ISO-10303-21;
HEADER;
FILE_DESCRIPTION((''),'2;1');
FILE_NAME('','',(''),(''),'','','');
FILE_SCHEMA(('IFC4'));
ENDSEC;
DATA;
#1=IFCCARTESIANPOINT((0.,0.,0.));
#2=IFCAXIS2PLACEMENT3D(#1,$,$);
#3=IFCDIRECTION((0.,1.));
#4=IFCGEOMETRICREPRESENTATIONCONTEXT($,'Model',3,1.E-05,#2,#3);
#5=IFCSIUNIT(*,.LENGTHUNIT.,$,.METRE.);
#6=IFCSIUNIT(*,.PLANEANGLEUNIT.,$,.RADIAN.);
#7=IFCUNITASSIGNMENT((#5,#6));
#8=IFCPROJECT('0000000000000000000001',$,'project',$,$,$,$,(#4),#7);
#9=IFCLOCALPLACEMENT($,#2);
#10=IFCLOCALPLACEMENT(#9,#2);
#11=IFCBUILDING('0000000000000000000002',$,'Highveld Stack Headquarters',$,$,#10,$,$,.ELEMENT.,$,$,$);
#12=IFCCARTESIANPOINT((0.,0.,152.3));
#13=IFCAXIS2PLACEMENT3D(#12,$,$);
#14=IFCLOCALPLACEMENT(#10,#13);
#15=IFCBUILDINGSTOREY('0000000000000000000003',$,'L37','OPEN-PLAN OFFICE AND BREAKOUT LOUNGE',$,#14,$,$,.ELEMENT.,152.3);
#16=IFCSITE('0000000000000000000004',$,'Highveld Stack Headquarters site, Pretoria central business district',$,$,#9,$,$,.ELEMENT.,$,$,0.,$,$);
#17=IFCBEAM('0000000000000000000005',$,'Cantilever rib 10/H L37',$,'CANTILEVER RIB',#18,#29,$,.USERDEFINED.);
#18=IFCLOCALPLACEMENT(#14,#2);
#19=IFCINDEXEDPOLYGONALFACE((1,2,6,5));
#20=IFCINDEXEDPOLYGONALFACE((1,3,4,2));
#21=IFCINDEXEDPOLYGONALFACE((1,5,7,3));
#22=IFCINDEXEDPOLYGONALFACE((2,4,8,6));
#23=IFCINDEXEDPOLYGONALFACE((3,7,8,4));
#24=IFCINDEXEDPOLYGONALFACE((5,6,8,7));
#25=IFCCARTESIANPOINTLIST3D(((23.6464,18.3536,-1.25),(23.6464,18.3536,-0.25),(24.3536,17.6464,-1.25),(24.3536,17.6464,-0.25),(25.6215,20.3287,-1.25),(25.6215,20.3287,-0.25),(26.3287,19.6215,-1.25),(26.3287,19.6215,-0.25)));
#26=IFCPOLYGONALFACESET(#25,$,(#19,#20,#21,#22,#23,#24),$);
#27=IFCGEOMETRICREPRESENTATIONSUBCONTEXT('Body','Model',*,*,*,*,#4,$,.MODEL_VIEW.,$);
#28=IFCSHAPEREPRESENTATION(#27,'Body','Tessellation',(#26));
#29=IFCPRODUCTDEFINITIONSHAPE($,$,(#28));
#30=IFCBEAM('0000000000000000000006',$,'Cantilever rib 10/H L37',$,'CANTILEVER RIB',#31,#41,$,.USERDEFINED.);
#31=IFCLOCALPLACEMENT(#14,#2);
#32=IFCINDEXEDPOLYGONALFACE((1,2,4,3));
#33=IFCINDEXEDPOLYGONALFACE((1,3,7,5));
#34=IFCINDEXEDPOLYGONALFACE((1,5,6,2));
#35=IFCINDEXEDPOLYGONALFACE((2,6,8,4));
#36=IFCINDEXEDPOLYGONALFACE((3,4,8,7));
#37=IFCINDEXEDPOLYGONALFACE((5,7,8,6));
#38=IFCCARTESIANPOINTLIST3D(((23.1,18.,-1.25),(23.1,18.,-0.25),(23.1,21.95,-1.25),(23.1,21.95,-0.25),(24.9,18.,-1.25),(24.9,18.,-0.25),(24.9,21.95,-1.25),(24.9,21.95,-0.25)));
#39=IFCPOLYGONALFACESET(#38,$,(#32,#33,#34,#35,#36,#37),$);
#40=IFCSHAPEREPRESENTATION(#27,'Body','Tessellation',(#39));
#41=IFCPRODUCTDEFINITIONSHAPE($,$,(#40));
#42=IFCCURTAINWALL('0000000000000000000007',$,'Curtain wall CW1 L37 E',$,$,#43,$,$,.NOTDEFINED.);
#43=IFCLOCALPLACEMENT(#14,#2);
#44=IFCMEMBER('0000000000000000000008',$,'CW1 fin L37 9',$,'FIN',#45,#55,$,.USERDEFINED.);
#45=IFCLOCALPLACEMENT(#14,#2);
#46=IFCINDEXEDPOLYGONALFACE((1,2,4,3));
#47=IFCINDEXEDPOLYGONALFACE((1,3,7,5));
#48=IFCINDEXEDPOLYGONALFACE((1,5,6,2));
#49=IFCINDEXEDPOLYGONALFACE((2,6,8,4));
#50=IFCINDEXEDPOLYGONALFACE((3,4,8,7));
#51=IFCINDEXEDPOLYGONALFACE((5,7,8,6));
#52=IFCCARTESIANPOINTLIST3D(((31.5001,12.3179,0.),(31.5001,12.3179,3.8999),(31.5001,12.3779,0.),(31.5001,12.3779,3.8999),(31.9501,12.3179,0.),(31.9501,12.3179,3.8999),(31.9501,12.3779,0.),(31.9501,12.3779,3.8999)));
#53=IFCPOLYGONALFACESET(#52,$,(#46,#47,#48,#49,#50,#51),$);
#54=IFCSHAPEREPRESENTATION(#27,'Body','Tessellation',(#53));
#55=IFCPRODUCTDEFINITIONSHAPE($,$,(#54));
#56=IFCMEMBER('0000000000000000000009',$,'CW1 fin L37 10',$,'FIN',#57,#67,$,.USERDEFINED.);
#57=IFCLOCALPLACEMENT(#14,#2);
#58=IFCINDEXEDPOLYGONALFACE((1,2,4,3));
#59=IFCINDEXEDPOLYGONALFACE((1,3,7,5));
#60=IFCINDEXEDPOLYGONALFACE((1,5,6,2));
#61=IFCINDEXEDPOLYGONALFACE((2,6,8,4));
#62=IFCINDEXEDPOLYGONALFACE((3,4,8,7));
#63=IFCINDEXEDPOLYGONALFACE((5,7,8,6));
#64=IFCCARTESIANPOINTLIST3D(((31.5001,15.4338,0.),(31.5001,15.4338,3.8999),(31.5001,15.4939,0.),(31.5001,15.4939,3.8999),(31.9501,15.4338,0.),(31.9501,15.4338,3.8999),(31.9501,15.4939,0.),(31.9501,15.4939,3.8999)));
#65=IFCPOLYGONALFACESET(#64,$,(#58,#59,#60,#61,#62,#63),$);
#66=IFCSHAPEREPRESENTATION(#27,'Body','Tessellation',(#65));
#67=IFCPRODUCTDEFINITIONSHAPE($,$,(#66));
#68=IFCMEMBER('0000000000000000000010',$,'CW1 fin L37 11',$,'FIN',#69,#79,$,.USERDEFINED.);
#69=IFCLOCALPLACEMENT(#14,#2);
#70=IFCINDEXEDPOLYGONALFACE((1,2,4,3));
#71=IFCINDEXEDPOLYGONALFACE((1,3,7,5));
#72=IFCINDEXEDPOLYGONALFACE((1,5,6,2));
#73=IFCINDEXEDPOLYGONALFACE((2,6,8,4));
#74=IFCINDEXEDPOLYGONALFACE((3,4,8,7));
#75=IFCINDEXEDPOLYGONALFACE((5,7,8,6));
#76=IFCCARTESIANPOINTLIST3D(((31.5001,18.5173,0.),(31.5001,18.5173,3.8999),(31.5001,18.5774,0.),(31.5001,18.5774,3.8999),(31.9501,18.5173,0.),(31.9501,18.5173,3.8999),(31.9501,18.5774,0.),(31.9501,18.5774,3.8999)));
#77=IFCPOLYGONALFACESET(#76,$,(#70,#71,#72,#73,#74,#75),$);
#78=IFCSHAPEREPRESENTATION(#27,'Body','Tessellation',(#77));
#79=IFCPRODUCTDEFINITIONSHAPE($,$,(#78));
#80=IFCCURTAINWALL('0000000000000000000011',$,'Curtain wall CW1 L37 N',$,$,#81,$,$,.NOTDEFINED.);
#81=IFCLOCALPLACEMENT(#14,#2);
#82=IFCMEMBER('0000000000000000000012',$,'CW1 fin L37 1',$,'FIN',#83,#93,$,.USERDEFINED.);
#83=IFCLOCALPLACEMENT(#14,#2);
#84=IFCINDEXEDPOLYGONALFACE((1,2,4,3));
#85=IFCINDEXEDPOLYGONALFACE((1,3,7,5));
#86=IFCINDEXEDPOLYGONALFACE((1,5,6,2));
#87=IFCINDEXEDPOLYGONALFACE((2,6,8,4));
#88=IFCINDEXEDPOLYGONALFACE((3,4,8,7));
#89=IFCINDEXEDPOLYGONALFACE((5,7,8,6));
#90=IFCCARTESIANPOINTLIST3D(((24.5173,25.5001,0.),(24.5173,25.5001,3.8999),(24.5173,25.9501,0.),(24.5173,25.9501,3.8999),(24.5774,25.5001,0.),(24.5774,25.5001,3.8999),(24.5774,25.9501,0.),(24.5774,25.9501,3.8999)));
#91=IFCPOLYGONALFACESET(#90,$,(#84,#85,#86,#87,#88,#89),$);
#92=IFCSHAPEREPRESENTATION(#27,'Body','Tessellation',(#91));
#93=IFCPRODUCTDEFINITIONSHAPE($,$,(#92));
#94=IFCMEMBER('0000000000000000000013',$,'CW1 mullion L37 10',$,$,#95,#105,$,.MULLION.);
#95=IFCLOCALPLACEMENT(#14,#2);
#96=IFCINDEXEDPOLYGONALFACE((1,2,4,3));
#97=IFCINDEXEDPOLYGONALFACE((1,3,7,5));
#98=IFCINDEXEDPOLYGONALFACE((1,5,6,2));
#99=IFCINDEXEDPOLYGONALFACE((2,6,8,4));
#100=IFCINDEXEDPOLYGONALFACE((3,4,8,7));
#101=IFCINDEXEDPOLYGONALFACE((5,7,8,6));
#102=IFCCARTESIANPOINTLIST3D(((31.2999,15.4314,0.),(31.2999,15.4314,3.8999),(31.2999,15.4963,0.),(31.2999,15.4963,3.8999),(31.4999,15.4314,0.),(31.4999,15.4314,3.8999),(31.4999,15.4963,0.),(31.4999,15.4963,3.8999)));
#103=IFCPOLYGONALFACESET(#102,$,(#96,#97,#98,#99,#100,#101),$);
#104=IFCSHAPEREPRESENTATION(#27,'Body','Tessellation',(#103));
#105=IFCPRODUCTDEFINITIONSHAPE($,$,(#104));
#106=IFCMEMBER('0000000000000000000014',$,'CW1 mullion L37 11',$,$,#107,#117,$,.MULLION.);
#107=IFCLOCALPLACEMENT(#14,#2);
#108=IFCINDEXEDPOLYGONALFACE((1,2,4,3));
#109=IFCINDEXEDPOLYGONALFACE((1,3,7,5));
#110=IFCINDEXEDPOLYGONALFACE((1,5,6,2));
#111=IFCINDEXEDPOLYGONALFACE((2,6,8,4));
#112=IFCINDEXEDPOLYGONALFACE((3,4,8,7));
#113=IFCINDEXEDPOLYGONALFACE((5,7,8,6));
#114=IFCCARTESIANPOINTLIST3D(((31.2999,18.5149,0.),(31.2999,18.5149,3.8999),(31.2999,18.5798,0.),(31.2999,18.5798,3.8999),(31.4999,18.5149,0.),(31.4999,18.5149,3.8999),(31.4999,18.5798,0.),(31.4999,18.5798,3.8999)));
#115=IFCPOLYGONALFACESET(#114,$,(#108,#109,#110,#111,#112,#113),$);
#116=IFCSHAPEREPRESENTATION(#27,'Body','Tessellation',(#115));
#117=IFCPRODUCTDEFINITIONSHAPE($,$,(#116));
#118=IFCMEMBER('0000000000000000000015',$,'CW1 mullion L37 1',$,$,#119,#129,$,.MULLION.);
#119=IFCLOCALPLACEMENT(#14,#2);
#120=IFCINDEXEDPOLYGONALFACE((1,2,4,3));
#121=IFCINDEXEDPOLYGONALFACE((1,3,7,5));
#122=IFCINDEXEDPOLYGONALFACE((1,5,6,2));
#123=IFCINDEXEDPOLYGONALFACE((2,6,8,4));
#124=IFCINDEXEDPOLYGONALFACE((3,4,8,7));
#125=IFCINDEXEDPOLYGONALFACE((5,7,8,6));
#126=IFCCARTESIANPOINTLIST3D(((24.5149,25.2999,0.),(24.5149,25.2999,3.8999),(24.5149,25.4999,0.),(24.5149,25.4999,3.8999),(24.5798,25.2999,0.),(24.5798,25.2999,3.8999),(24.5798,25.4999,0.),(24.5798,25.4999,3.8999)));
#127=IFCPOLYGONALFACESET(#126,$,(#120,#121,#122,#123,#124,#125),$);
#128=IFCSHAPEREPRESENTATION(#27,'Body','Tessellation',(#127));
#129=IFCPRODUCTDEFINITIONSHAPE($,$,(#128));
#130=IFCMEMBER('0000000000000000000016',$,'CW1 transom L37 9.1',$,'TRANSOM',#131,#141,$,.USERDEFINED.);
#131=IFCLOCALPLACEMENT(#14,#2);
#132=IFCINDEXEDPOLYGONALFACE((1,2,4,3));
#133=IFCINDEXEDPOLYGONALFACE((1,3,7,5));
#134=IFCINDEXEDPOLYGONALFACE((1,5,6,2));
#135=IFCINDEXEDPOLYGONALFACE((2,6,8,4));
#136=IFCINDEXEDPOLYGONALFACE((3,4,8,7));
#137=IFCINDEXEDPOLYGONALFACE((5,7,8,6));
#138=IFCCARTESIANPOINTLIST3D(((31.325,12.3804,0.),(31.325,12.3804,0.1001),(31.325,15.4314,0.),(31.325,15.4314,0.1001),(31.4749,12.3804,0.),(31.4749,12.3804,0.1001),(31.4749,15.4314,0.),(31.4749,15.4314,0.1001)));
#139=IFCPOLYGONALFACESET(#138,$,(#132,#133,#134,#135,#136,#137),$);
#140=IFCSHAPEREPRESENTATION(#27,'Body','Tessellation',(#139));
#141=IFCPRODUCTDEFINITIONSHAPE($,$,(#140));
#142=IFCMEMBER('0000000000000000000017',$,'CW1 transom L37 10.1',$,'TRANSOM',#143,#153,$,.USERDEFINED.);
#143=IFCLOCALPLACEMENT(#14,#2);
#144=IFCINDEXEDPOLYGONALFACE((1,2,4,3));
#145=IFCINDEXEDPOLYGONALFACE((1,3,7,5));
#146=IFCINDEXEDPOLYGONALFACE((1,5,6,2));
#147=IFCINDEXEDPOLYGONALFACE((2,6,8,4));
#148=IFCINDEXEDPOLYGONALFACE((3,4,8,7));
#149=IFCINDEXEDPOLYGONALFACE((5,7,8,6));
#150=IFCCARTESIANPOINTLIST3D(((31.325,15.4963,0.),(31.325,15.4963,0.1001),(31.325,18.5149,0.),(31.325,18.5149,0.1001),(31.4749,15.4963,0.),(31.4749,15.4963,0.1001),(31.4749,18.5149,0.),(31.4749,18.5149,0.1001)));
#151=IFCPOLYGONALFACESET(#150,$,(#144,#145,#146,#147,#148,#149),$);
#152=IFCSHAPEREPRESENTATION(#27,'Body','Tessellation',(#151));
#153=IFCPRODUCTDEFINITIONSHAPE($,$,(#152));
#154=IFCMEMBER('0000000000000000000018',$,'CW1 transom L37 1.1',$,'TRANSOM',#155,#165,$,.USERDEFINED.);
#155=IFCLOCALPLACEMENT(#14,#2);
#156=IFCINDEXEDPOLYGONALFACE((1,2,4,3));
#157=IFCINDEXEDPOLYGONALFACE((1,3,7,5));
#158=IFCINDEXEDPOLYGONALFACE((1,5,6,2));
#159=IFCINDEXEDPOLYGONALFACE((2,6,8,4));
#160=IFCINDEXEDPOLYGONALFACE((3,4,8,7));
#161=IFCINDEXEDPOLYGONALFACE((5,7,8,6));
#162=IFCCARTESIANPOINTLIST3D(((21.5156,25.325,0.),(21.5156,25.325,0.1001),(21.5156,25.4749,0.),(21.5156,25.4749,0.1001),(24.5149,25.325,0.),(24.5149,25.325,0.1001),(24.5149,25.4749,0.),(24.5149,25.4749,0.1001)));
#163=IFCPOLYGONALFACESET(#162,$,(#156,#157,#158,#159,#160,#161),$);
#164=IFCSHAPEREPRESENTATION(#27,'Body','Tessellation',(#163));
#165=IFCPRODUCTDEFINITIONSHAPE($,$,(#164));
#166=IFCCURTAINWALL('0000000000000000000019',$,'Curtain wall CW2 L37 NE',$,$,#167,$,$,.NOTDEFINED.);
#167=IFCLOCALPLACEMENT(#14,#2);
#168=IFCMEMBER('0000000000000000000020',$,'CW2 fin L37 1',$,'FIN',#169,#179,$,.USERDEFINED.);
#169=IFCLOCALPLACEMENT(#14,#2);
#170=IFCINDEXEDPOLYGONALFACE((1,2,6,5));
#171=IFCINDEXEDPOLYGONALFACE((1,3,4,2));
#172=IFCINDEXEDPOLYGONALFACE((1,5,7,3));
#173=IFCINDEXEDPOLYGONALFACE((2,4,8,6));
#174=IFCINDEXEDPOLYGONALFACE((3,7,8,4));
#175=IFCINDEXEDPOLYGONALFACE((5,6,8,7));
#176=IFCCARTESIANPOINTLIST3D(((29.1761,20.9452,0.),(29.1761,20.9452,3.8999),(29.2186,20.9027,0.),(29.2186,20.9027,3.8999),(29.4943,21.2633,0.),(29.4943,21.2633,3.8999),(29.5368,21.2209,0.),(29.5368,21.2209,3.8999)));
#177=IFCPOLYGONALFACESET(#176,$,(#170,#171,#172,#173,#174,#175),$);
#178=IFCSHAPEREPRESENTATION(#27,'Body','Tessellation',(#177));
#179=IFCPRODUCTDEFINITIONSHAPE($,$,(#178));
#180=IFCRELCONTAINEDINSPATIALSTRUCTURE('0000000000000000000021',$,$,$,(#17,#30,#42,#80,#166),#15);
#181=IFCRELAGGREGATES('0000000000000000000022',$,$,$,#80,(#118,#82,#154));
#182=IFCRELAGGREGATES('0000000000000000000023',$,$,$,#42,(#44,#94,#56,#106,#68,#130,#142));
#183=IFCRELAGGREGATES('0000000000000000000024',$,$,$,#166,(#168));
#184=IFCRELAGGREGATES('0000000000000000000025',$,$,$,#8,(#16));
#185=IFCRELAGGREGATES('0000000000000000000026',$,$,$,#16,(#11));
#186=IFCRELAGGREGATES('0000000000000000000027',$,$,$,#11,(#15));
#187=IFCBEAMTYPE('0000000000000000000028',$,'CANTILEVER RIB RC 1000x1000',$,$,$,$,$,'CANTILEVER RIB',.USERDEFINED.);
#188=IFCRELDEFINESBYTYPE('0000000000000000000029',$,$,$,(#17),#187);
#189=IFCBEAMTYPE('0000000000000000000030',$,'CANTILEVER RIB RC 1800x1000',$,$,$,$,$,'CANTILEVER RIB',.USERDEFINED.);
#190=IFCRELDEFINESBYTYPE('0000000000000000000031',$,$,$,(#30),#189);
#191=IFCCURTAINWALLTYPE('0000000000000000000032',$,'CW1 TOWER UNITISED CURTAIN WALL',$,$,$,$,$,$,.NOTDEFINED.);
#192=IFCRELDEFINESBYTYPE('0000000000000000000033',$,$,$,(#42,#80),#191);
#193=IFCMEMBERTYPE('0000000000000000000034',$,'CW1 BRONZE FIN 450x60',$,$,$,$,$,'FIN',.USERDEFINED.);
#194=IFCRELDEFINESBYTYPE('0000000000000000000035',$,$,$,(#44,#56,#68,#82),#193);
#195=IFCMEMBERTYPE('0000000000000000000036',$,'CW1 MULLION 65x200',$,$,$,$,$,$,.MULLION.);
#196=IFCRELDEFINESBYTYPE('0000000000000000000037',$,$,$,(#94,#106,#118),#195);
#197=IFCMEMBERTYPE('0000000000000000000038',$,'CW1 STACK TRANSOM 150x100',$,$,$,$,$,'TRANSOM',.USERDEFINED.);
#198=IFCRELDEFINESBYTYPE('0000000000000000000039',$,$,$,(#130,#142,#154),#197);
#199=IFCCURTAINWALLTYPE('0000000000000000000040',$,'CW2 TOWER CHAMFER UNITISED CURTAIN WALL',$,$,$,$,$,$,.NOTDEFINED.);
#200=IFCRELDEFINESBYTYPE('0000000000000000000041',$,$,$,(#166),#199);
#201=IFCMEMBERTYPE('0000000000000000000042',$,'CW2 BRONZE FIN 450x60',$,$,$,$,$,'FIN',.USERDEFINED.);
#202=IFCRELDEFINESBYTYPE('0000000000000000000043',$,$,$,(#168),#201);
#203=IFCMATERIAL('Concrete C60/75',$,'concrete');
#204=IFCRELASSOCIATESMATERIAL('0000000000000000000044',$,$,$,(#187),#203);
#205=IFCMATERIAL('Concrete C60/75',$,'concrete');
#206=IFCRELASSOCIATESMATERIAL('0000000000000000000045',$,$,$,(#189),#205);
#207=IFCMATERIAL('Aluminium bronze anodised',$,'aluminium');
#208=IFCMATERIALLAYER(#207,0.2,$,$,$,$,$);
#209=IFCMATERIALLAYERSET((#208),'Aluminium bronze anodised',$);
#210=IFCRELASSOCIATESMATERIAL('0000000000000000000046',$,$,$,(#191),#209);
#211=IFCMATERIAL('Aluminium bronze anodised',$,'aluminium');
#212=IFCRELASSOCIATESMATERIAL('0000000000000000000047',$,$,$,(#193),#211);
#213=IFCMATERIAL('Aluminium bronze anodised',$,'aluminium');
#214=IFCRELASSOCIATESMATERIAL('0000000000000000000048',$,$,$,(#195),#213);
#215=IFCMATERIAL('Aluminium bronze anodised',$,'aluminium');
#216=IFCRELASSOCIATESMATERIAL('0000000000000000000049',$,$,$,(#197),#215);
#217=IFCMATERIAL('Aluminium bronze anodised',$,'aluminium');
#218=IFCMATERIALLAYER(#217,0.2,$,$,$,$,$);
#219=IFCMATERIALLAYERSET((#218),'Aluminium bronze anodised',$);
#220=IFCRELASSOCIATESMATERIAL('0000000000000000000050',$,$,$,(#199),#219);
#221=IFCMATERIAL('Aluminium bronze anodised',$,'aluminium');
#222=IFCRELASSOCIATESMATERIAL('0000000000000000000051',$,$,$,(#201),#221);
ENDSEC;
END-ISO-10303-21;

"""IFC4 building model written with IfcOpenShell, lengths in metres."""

from ifc_helpers import new_model, si_unit, direction, frame, origin, origin_2d, place, context, subcontext, project, spatial, rectangle, extrude, material, layer, layer_set, material_profile, profile_set, type_object, element, aggregate, save


model = new_model("IFC4")

# Units and contexts
model_context = context("Model", 3, precision=1e-05, world=origin(), true_north=direction((0.0, 1.0)))
body_context = subcontext(model_context, "Body", "Model", "MODEL_VIEW")
ifc_project = project(units=[si_unit("LENGTHUNIT", "METRE"), si_unit("PLANEANGLEUNIT", "RADIAN")], contexts=[model_context])

# Site, building, storey
site_placement = place(None, origin())
site = spatial("IfcSite", under=ifc_project, at=site_placement, Name="Highveld Stack Headquarters site, Pretoria central business district", CompositionType="ELEMENT", RefElevation=0.0)
building_placement = place(site_placement, origin())
building = spatial("IfcBuilding", under=site, at=building_placement, Name="Highveld Stack Headquarters", CompositionType="ELEMENT")
storey_placement = place(building_placement, frame((0.0, 0.0, 152.3)))
storey = spatial("IfcBuildingStorey", under=building, at=storey_placement, Name="L37", Description="OPEN-PLAN OFFICE AND BREAKOUT LOUNGE", CompositionType="ELEMENT", Elevation=152.3)

# Beams
ifc_material_1 = material(Name="Concrete C60/75", Category="concrete")
ifc_material_profile_1 = material_profile(ifc_material_1, rectangle(XDim=1.0, YDim=1.0, at=origin_2d()), Name="RC 1000x1000")
ifc_profile_set_1 = profile_set([ifc_material_profile_1], Name="Concrete C60/75")
beam_type_1 = type_object("IfcBeamType", Name="CANTILEVER RIB RC 1000x1000", ElementType="CANTILEVER RIB", PredefinedType="USERDEFINED", material=ifc_profile_set_1)
beam_1_placement = place(storey_placement, frame((24.0, 18.0, -0.75), z_axis=(0.707107, 0.707107, 0.0), x_axis=(-0.707107, 0.707107, 0.0)))
element("IfcBeam", 1, at=beam_1_placement, inside=storey, type_object=beam_type_1, Name="Cantilever rib 10/H L37", ObjectType="CANTILEVER RIB", PredefinedType="USERDEFINED", context=body_context, shape_type="SweptSolid", body=[
    extrude(rectangle(XDim=1.0, YDim=1.0, at=origin_2d()), origin(), (0.0, 0.0, 1.0), 2.7932),
])
ifc_material_2 = material(Name="Concrete C60/75", Category="concrete")
ifc_material_profile_2 = material_profile(ifc_material_2, rectangle(XDim=1.8, YDim=1.0, at=origin_2d()), Name="RC 1800x1000")
ifc_profile_set_2 = profile_set([ifc_material_profile_2], Name="Concrete C60/75")
beam_type_2 = type_object("IfcBeamType", Name="CANTILEVER RIB RC 1800x1000", ElementType="CANTILEVER RIB", PredefinedType="USERDEFINED", material=ifc_profile_set_2)
beam_2_placement = place(storey_placement, frame((24.0, 18.0, -0.75), z_axis=(0.0, 1.0, 0.0), x_axis=(-1.0, 0.0, 0.0)))
element("IfcBeam", 2, at=beam_2_placement, inside=storey, type_object=beam_type_2, Name="Cantilever rib 10/H L37", ObjectType="CANTILEVER RIB", PredefinedType="USERDEFINED", context=body_context, shape_type="SweptSolid", body=[
    extrude(rectangle(XDim=1.8, YDim=1.0, at=origin_2d()), origin(), (0.0, 0.0, 1.0), 3.95),
])

# Curtain wall, members
ifc_material_3 = material(Name="Aluminium bronze anodised", Category="aluminium")
ifc_layer_1 = layer(ifc_material_3, 0.2)
ifc_layer_set_1 = layer_set([ifc_layer_1], Name="Aluminium bronze anodised")
curtain_wall_type_1 = type_object("IfcCurtainWallType", Name="CW1 TOWER UNITISED CURTAIN WALL", PredefinedType="NOTDEFINED", material=ifc_layer_set_1)
curtain_wall_1_placement = place(storey_placement, origin())
curtain_wall_1 = element("IfcCurtainWall", 3, at=curtain_wall_1_placement, inside=storey, type_object=curtain_wall_type_1, Name="Curtain wall CW1 L37 E", PredefinedType="NOTDEFINED")
ifc_material_4 = material(Name="Aluminium bronze anodised", Category="aluminium")
ifc_material_profile_3 = material_profile(ifc_material_4, rectangle(XDim=0.45, YDim=0.0601, at=origin_2d()), Name="FIN 450x60")
ifc_profile_set_3 = profile_set([ifc_material_profile_3], Name="Aluminium bronze anodised")
member_type_1 = type_object("IfcMemberType", Name="CW1 BRONZE FIN 450x60", ElementType="FIN", PredefinedType="USERDEFINED", material=ifc_profile_set_3)
member_1_placement = place(storey_placement, frame((31.7251, 12.3479, 0.0), z_axis=(0.0, 0.0, 1.0), x_axis=(-1.0, 0.0, 0.0)))
member_1 = element("IfcMember", 4, at=member_1_placement, type_object=member_type_1, Name="CW1 fin L37 9", ObjectType="FIN", PredefinedType="USERDEFINED", context=body_context, shape_type="SweptSolid", body=[
    extrude(rectangle(XDim=0.45, YDim=0.0601, at=origin_2d()), origin(), (0.0, 0.0, 1.0), 3.8999),
])
member_2_placement = place(storey_placement, frame((31.7251, 15.4639, 0.0), z_axis=(0.0, 0.0, 1.0), x_axis=(-1.0, 0.0, 0.0)))
member_2 = element("IfcMember", 5, at=member_2_placement, type_object=member_type_1, Name="CW1 fin L37 10", ObjectType="FIN", PredefinedType="USERDEFINED", context=body_context, shape_type="SweptSolid", body=[
    extrude(rectangle(XDim=0.45, YDim=0.0601, at=origin_2d()), origin(), (0.0, 0.0, 1.0), 3.8999),
])
member_3_placement = place(storey_placement, frame((31.7251, 18.5474, 0.0), z_axis=(0.0, 0.0, 1.0), x_axis=(-1.0, 0.0, 0.0)))
member_3 = element("IfcMember", 6, at=member_3_placement, type_object=member_type_1, Name="CW1 fin L37 11", ObjectType="FIN", PredefinedType="USERDEFINED", context=body_context, shape_type="SweptSolid", body=[
    extrude(rectangle(XDim=0.45, YDim=0.0601, at=origin_2d()), origin(), (0.0, 0.0, 1.0), 3.8999),
])

# Curtain wall, member
curtain_wall_2_placement = place(storey_placement, origin())
curtain_wall_2 = element("IfcCurtainWall", 7, at=curtain_wall_2_placement, inside=storey, type_object=curtain_wall_type_1, Name="Curtain wall CW1 L37 N", PredefinedType="NOTDEFINED")
member_4_placement = place(storey_placement, frame((24.5474, 25.7251, 0.0), z_axis=(0.0, 0.0, 1.0), x_axis=(0.0, -1.0, 0.0)))
member_4 = element("IfcMember", 8, at=member_4_placement, type_object=member_type_1, Name="CW1 fin L37 1", ObjectType="FIN", PredefinedType="USERDEFINED", context=body_context, shape_type="SweptSolid", body=[
    extrude(rectangle(XDim=0.45, YDim=0.0601, at=origin_2d()), origin(), (0.0, 0.0, 1.0), 3.8999),
])

# Members
ifc_material_5 = material(Name="Aluminium bronze anodised", Category="aluminium")
ifc_material_profile_4 = material_profile(ifc_material_5, rectangle(XDim=0.2, YDim=0.0649, at=origin_2d()), Name="CW1 MULLION 65x200")
ifc_profile_set_4 = profile_set([ifc_material_profile_4], Name="Aluminium bronze anodised")
member_type_2 = type_object("IfcMemberType", Name="CW1 MULLION 65x200", PredefinedType="MULLION", material=ifc_profile_set_4)
member_5_placement = place(storey_placement, frame((31.3999, 15.4639, 0.0), z_axis=(0.0, 0.0, 1.0), x_axis=(-1.0, 0.0, 0.0)))
member_5 = element("IfcMember", 9, at=member_5_placement, type_object=member_type_2, Name="CW1 mullion L37 10", PredefinedType="MULLION", context=body_context, shape_type="SweptSolid", body=[
    extrude(rectangle(XDim=0.2, YDim=0.0649, at=origin_2d()), origin(), (0.0, 0.0, 1.0), 3.8999),
])
member_6_placement = place(storey_placement, frame((31.3999, 18.5474, 0.0), z_axis=(0.0, 0.0, 1.0), x_axis=(-1.0, 0.0, 0.0)))
member_6 = element("IfcMember", 10, at=member_6_placement, type_object=member_type_2, Name="CW1 mullion L37 11", PredefinedType="MULLION", context=body_context, shape_type="SweptSolid", body=[
    extrude(rectangle(XDim=0.2, YDim=0.0649, at=origin_2d()), origin(), (0.0, 0.0, 1.0), 3.8999),
])
member_7_placement = place(storey_placement, frame((24.5474, 25.3999, 0.0), z_axis=(0.0, 0.0, 1.0), x_axis=(0.0, -1.0, 0.0)))
member_7 = element("IfcMember", 11, at=member_7_placement, type_object=member_type_2, Name="CW1 mullion L37 1", PredefinedType="MULLION", context=body_context, shape_type="SweptSolid", body=[
    extrude(rectangle(XDim=0.2, YDim=0.0649, at=origin_2d()), origin(), (0.0, 0.0, 1.0), 3.8999),
])
ifc_material_6 = material(Name="Aluminium bronze anodised", Category="aluminium")
ifc_material_profile_5 = material_profile(ifc_material_6, rectangle(XDim=0.1499, YDim=0.1001, at=origin_2d()), Name="CW1 TRANSOM 150x100")
ifc_profile_set_5 = profile_set([ifc_material_profile_5], Name="Aluminium bronze anodised")
member_type_3 = type_object("IfcMemberType", Name="CW1 STACK TRANSOM 150x100", ElementType="TRANSOM", PredefinedType="USERDEFINED", material=ifc_profile_set_5)
member_8_placement = place(storey_placement, frame((31.3999, 12.3804, 0.05), z_axis=(0.0, 1.0, 0.0), x_axis=(-1.0, 0.0, 0.0)))
member_8 = element("IfcMember", 12, at=member_8_placement, type_object=member_type_3, Name="CW1 transom L37 9.1", ObjectType="TRANSOM", PredefinedType="USERDEFINED", context=body_context, shape_type="SweptSolid", body=[
    extrude(rectangle(XDim=0.1499, YDim=0.1001, at=origin_2d()), origin(), (0.0, 0.0, 1.0), 3.051),
])
member_9_placement = place(storey_placement, frame((31.3999, 15.4963, 0.05), z_axis=(0.0, 1.0, 0.0), x_axis=(-1.0, 0.0, 0.0)))
member_9 = element("IfcMember", 13, at=member_9_placement, type_object=member_type_3, Name="CW1 transom L37 10.1", ObjectType="TRANSOM", PredefinedType="USERDEFINED", context=body_context, shape_type="SweptSolid", body=[
    extrude(rectangle(XDim=0.1499, YDim=0.1001, at=origin_2d()), origin(), (0.0, 0.0, 1.0), 3.0186),
])
member_10_placement = place(storey_placement, frame((24.5149, 25.3999, 0.05), z_axis=(-1.0, 0.0, 0.0), x_axis=(0.0, -1.0, 0.0)))
member_10 = element("IfcMember", 14, at=member_10_placement, type_object=member_type_3, Name="CW1 transom L37 1.1", ObjectType="TRANSOM", PredefinedType="USERDEFINED", context=body_context, shape_type="SweptSolid", body=[
    extrude(rectangle(XDim=0.1499, YDim=0.1001, at=origin_2d()), origin(), (0.0, 0.0, 1.0), 2.9993),
])
aggregate(curtain_wall_2, [member_7, member_4, member_10])

# Curtain wall, member
ifc_material_7 = material(Name="Aluminium bronze anodised", Category="aluminium")
ifc_layer_2 = layer(ifc_material_7, 0.2)
ifc_layer_set_2 = layer_set([ifc_layer_2], Name="Aluminium bronze anodised")
curtain_wall_type_2 = type_object("IfcCurtainWallType", Name="CW2 TOWER CHAMFER UNITISED CURTAIN WALL", PredefinedType="NOTDEFINED", material=ifc_layer_set_2)
curtain_wall_3_placement = place(storey_placement, origin())
curtain_wall_3 = element("IfcCurtainWall", 15, at=curtain_wall_3_placement, inside=storey, type_object=curtain_wall_type_2, Name="Curtain wall CW2 L37 NE", PredefinedType="NOTDEFINED")
ifc_material_8 = material(Name="Aluminium bronze anodised", Category="aluminium")
ifc_material_profile_6 = material_profile(ifc_material_8, rectangle(XDim=0.45, YDim=0.0601, at=origin_2d()), Name="FIN 450x60")
ifc_profile_set_6 = profile_set([ifc_material_profile_6], Name="Aluminium bronze anodised")
member_type_4 = type_object("IfcMemberType", Name="CW2 BRONZE FIN 450x60", ElementType="FIN", PredefinedType="USERDEFINED", material=ifc_profile_set_6)
member_11_placement = place(storey_placement, frame((29.3564, 21.083, 0.0), z_axis=(0.0, 0.0, 1.0), x_axis=(-0.707107, -0.707107, 0.0)))
member_11 = element("IfcMember", 16, at=member_11_placement, type_object=member_type_4, Name="CW2 fin L37 1", ObjectType="FIN", PredefinedType="USERDEFINED", context=body_context, shape_type="SweptSolid", body=[
    extrude(rectangle(XDim=0.45, YDim=0.0601, at=origin_2d()), origin(), (0.0, 0.0, 1.0), 3.8999),
])

aggregate(curtain_wall_1, [member_1, member_5, member_2, member_6, member_3, member_8, member_9])
aggregate(curtain_wall_3, [member_11])

save(model, "model.ifc")
